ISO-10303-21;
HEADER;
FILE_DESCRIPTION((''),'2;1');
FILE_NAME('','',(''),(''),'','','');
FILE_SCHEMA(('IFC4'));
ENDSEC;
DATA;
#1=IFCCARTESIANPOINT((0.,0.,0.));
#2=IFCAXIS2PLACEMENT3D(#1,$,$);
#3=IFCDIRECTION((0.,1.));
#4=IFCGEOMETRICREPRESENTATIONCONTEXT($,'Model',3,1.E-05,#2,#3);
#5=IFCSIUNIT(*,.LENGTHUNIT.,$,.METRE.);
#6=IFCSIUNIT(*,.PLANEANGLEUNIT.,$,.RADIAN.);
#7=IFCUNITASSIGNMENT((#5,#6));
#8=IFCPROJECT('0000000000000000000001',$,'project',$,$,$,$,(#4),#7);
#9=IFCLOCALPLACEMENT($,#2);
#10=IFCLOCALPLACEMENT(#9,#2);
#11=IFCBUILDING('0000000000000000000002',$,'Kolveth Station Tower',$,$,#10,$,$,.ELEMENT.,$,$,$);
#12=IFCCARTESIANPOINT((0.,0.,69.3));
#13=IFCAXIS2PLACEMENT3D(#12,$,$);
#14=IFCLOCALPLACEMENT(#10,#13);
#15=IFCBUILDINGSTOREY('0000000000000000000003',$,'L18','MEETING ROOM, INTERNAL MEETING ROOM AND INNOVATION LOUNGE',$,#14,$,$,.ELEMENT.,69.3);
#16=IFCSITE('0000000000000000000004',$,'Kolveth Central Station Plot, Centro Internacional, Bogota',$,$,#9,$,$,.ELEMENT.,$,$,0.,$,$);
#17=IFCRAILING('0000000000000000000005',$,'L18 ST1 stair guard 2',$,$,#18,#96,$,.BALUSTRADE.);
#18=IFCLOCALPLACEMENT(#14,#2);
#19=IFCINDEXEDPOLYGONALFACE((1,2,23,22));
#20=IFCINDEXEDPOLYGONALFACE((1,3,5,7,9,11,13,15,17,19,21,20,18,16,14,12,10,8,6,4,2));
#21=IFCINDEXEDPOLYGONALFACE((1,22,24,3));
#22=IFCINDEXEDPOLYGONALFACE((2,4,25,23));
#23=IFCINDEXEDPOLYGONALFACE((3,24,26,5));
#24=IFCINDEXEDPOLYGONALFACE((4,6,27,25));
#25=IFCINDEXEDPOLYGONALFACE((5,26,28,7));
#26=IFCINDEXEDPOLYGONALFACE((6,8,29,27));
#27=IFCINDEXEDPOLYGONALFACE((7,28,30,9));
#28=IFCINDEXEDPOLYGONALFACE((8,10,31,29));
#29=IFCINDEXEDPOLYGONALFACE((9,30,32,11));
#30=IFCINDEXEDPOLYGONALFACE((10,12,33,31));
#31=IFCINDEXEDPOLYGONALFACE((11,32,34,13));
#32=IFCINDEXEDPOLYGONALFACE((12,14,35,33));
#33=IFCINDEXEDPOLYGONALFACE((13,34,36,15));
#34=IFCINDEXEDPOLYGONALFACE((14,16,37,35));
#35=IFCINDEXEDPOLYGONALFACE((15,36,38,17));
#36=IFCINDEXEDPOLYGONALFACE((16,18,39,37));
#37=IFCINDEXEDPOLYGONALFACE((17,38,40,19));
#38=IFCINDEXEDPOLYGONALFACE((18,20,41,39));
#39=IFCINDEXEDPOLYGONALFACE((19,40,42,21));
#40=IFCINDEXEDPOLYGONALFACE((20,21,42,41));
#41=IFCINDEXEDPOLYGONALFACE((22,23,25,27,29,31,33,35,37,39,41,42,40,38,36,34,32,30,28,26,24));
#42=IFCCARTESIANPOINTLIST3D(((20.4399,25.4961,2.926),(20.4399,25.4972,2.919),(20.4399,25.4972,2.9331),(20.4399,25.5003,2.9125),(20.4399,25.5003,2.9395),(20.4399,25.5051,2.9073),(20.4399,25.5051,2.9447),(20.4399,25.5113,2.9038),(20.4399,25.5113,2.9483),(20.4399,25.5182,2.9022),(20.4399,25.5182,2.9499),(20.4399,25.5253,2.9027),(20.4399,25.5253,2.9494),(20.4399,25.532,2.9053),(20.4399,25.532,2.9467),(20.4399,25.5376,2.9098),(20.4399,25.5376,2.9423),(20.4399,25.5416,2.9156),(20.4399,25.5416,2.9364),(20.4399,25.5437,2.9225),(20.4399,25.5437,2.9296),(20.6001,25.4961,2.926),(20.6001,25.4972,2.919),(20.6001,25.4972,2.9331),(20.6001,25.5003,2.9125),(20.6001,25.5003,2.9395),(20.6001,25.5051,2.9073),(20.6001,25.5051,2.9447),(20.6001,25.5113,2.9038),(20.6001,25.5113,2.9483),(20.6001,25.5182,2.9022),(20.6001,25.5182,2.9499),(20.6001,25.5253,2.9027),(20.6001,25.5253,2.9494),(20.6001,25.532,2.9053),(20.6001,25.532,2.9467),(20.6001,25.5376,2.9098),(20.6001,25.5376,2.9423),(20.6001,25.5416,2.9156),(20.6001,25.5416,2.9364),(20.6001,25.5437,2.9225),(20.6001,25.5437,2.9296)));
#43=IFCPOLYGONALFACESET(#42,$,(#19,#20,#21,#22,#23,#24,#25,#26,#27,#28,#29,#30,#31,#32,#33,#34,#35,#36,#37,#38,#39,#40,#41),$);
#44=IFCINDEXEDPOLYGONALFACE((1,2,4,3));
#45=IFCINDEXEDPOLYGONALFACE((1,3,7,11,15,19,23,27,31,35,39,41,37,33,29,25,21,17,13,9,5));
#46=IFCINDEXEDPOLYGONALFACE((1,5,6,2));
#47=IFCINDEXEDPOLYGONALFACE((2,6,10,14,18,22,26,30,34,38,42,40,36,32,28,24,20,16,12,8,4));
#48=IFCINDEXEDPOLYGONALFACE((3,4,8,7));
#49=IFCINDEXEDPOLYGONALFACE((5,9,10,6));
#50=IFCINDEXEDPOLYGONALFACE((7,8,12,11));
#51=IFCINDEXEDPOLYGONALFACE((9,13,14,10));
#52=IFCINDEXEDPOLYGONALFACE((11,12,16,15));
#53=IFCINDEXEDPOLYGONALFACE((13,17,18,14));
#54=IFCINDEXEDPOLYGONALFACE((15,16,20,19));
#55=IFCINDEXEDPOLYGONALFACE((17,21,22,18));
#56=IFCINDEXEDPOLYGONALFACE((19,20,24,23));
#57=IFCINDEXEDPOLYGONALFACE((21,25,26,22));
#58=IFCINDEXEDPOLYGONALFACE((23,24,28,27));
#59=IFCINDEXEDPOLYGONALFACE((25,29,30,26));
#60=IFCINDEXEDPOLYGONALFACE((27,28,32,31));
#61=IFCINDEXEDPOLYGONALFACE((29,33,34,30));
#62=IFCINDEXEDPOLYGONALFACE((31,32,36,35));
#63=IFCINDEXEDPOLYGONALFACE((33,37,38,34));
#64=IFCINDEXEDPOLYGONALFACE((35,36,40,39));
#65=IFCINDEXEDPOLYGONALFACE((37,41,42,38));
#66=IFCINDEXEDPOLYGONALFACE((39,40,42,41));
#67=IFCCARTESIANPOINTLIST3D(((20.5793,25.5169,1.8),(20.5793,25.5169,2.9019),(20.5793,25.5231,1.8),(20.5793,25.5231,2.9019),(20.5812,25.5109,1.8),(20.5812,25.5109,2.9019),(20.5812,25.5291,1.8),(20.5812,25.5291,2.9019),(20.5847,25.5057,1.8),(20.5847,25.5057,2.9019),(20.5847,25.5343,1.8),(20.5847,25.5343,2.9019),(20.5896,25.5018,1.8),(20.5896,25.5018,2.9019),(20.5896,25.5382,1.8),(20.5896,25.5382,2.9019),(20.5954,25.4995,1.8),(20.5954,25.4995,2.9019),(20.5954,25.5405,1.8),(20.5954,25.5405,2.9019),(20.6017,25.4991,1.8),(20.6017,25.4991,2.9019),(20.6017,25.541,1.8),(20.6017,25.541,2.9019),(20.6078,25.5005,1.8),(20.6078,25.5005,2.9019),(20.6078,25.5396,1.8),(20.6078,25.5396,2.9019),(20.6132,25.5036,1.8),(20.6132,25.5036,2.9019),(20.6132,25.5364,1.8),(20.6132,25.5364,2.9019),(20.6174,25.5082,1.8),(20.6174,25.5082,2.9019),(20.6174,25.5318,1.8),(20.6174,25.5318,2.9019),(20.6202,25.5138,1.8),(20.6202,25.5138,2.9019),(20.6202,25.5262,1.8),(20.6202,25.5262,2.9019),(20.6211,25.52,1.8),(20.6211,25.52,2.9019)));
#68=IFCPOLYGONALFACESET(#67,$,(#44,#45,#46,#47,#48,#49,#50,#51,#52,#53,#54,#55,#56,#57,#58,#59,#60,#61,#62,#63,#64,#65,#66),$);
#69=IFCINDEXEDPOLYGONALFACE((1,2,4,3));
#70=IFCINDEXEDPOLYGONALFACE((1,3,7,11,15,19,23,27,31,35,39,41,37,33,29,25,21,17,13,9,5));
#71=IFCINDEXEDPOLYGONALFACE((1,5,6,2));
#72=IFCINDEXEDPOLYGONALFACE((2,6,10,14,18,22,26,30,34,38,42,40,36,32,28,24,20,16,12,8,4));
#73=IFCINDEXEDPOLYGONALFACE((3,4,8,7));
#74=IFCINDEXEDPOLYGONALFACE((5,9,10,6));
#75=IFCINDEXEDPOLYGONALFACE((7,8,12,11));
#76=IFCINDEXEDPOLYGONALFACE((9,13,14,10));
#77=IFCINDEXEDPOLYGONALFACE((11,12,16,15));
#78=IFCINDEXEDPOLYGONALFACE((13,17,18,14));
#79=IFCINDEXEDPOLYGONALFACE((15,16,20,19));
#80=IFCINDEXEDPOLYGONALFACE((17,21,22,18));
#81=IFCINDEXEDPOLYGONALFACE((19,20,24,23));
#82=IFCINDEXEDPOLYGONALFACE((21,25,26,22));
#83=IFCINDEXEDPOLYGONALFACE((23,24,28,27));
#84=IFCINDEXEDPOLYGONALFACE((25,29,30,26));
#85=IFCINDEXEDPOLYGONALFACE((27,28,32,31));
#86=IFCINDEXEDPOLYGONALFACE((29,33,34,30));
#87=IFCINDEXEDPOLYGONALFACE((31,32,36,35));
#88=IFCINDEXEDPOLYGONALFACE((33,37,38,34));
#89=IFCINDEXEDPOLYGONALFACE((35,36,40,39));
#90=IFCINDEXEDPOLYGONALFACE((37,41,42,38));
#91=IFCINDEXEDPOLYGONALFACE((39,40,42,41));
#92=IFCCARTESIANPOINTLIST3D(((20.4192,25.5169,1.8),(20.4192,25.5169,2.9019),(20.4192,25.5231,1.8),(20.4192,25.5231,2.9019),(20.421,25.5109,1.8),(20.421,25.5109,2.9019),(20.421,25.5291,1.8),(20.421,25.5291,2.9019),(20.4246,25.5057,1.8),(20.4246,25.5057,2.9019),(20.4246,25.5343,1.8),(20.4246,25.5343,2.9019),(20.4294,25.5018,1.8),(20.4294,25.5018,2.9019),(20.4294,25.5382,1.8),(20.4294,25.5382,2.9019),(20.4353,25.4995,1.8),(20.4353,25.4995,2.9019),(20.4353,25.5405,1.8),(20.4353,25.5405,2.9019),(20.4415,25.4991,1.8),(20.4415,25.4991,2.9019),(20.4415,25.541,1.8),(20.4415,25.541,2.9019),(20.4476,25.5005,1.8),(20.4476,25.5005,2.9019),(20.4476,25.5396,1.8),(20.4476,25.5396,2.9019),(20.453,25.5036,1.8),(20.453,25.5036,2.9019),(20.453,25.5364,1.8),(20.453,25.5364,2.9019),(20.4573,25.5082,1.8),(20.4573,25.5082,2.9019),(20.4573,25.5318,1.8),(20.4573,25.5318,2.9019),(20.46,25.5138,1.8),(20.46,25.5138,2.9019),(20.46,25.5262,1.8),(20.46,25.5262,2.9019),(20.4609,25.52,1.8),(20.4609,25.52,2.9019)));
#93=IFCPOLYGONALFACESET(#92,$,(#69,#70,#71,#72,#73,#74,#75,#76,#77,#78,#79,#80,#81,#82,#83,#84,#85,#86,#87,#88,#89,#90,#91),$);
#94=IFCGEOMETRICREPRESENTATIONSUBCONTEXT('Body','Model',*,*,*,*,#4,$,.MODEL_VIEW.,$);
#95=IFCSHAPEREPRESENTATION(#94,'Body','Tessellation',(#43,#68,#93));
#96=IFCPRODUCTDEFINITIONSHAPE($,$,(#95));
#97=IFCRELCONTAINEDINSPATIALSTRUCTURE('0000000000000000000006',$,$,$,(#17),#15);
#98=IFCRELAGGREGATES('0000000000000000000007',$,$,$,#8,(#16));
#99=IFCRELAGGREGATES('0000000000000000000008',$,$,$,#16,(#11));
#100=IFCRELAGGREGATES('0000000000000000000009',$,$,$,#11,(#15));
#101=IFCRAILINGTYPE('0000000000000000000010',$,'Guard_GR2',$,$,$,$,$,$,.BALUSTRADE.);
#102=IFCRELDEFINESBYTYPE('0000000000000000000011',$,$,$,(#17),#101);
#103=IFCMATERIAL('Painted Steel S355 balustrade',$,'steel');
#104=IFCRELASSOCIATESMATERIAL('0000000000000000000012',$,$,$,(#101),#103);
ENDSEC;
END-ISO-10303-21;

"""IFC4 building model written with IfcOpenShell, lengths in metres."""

from ifc_helpers import new_model, si_unit, direction, frame, origin, origin_2d, place, context, subcontext, project, spatial, circle, extrude, material, type_object, element, save


model = new_model("IFC4")

# Units and contexts
model_context = context("Model", 3, precision=1e-05, world=origin(), true_north=direction((0.0, 1.0)))
body_context = subcontext(model_context, "Body", "Model", "MODEL_VIEW")
ifc_project = project(units=[si_unit("LENGTHUNIT", "METRE"), si_unit("PLANEANGLEUNIT", "RADIAN")], contexts=[model_context])

# Site, building, storey
site_placement = place(None, origin())
site = spatial("IfcSite", under=ifc_project, at=site_placement, Name="Kolveth Central Station Plot, Centro Internacional, Bogota", CompositionType="ELEMENT", RefElevation=0.0)
building_placement = place(site_placement, origin())
building = spatial("IfcBuilding", under=site, at=building_placement, Name="Kolveth Station Tower", CompositionType="ELEMENT")
storey_placement = place(building_placement, frame((0.0, 0.0, 69.3)))
storey = spatial("IfcBuildingStorey", under=building, at=storey_placement, Name="L18", Description="MEETING ROOM, INTERNAL MEETING ROOM AND INNOVATION LOUNGE", CompositionType="ELEMENT", Elevation=69.3)

# Railing
ifc_material_1 = material(Name="Painted Steel S355 balustrade", Category="steel")
railing_type_1 = type_object("IfcRailingType", Name="Guard_GR2", PredefinedType="BALUSTRADE", material=ifc_material_1)
railing_1_placement = place(storey_placement, frame((20.6001, 25.52, 1.8)))
element("IfcRailing", 1, at=railing_1_placement, inside=storey, type_object=railing_type_1, Name="L18 ST1 stair guard 2", PredefinedType="BALUSTRADE", context=body_context, shape_type="SweptSolid", body=[
    extrude(circle(Radius=0.0239, at=origin_2d()), frame((0.0, 0.0, 1.126), z_axis=(-1.0, 0.0, 0.0), x_axis=(0.0, -1.0, 0.0)), (0.0, 0.0, 1.0), 0.1602),
    extrude(circle(Radius=0.021, at=origin_2d()), origin(), (0.0, 0.0, 1.0), 1.1018),
    extrude(circle(Radius=0.021, at=origin_2d()), frame((-0.1602, 0.0, 0.0)), (0.0, 0.0, 1.0), 1.1018),
])

save(model, "model.ifc")
